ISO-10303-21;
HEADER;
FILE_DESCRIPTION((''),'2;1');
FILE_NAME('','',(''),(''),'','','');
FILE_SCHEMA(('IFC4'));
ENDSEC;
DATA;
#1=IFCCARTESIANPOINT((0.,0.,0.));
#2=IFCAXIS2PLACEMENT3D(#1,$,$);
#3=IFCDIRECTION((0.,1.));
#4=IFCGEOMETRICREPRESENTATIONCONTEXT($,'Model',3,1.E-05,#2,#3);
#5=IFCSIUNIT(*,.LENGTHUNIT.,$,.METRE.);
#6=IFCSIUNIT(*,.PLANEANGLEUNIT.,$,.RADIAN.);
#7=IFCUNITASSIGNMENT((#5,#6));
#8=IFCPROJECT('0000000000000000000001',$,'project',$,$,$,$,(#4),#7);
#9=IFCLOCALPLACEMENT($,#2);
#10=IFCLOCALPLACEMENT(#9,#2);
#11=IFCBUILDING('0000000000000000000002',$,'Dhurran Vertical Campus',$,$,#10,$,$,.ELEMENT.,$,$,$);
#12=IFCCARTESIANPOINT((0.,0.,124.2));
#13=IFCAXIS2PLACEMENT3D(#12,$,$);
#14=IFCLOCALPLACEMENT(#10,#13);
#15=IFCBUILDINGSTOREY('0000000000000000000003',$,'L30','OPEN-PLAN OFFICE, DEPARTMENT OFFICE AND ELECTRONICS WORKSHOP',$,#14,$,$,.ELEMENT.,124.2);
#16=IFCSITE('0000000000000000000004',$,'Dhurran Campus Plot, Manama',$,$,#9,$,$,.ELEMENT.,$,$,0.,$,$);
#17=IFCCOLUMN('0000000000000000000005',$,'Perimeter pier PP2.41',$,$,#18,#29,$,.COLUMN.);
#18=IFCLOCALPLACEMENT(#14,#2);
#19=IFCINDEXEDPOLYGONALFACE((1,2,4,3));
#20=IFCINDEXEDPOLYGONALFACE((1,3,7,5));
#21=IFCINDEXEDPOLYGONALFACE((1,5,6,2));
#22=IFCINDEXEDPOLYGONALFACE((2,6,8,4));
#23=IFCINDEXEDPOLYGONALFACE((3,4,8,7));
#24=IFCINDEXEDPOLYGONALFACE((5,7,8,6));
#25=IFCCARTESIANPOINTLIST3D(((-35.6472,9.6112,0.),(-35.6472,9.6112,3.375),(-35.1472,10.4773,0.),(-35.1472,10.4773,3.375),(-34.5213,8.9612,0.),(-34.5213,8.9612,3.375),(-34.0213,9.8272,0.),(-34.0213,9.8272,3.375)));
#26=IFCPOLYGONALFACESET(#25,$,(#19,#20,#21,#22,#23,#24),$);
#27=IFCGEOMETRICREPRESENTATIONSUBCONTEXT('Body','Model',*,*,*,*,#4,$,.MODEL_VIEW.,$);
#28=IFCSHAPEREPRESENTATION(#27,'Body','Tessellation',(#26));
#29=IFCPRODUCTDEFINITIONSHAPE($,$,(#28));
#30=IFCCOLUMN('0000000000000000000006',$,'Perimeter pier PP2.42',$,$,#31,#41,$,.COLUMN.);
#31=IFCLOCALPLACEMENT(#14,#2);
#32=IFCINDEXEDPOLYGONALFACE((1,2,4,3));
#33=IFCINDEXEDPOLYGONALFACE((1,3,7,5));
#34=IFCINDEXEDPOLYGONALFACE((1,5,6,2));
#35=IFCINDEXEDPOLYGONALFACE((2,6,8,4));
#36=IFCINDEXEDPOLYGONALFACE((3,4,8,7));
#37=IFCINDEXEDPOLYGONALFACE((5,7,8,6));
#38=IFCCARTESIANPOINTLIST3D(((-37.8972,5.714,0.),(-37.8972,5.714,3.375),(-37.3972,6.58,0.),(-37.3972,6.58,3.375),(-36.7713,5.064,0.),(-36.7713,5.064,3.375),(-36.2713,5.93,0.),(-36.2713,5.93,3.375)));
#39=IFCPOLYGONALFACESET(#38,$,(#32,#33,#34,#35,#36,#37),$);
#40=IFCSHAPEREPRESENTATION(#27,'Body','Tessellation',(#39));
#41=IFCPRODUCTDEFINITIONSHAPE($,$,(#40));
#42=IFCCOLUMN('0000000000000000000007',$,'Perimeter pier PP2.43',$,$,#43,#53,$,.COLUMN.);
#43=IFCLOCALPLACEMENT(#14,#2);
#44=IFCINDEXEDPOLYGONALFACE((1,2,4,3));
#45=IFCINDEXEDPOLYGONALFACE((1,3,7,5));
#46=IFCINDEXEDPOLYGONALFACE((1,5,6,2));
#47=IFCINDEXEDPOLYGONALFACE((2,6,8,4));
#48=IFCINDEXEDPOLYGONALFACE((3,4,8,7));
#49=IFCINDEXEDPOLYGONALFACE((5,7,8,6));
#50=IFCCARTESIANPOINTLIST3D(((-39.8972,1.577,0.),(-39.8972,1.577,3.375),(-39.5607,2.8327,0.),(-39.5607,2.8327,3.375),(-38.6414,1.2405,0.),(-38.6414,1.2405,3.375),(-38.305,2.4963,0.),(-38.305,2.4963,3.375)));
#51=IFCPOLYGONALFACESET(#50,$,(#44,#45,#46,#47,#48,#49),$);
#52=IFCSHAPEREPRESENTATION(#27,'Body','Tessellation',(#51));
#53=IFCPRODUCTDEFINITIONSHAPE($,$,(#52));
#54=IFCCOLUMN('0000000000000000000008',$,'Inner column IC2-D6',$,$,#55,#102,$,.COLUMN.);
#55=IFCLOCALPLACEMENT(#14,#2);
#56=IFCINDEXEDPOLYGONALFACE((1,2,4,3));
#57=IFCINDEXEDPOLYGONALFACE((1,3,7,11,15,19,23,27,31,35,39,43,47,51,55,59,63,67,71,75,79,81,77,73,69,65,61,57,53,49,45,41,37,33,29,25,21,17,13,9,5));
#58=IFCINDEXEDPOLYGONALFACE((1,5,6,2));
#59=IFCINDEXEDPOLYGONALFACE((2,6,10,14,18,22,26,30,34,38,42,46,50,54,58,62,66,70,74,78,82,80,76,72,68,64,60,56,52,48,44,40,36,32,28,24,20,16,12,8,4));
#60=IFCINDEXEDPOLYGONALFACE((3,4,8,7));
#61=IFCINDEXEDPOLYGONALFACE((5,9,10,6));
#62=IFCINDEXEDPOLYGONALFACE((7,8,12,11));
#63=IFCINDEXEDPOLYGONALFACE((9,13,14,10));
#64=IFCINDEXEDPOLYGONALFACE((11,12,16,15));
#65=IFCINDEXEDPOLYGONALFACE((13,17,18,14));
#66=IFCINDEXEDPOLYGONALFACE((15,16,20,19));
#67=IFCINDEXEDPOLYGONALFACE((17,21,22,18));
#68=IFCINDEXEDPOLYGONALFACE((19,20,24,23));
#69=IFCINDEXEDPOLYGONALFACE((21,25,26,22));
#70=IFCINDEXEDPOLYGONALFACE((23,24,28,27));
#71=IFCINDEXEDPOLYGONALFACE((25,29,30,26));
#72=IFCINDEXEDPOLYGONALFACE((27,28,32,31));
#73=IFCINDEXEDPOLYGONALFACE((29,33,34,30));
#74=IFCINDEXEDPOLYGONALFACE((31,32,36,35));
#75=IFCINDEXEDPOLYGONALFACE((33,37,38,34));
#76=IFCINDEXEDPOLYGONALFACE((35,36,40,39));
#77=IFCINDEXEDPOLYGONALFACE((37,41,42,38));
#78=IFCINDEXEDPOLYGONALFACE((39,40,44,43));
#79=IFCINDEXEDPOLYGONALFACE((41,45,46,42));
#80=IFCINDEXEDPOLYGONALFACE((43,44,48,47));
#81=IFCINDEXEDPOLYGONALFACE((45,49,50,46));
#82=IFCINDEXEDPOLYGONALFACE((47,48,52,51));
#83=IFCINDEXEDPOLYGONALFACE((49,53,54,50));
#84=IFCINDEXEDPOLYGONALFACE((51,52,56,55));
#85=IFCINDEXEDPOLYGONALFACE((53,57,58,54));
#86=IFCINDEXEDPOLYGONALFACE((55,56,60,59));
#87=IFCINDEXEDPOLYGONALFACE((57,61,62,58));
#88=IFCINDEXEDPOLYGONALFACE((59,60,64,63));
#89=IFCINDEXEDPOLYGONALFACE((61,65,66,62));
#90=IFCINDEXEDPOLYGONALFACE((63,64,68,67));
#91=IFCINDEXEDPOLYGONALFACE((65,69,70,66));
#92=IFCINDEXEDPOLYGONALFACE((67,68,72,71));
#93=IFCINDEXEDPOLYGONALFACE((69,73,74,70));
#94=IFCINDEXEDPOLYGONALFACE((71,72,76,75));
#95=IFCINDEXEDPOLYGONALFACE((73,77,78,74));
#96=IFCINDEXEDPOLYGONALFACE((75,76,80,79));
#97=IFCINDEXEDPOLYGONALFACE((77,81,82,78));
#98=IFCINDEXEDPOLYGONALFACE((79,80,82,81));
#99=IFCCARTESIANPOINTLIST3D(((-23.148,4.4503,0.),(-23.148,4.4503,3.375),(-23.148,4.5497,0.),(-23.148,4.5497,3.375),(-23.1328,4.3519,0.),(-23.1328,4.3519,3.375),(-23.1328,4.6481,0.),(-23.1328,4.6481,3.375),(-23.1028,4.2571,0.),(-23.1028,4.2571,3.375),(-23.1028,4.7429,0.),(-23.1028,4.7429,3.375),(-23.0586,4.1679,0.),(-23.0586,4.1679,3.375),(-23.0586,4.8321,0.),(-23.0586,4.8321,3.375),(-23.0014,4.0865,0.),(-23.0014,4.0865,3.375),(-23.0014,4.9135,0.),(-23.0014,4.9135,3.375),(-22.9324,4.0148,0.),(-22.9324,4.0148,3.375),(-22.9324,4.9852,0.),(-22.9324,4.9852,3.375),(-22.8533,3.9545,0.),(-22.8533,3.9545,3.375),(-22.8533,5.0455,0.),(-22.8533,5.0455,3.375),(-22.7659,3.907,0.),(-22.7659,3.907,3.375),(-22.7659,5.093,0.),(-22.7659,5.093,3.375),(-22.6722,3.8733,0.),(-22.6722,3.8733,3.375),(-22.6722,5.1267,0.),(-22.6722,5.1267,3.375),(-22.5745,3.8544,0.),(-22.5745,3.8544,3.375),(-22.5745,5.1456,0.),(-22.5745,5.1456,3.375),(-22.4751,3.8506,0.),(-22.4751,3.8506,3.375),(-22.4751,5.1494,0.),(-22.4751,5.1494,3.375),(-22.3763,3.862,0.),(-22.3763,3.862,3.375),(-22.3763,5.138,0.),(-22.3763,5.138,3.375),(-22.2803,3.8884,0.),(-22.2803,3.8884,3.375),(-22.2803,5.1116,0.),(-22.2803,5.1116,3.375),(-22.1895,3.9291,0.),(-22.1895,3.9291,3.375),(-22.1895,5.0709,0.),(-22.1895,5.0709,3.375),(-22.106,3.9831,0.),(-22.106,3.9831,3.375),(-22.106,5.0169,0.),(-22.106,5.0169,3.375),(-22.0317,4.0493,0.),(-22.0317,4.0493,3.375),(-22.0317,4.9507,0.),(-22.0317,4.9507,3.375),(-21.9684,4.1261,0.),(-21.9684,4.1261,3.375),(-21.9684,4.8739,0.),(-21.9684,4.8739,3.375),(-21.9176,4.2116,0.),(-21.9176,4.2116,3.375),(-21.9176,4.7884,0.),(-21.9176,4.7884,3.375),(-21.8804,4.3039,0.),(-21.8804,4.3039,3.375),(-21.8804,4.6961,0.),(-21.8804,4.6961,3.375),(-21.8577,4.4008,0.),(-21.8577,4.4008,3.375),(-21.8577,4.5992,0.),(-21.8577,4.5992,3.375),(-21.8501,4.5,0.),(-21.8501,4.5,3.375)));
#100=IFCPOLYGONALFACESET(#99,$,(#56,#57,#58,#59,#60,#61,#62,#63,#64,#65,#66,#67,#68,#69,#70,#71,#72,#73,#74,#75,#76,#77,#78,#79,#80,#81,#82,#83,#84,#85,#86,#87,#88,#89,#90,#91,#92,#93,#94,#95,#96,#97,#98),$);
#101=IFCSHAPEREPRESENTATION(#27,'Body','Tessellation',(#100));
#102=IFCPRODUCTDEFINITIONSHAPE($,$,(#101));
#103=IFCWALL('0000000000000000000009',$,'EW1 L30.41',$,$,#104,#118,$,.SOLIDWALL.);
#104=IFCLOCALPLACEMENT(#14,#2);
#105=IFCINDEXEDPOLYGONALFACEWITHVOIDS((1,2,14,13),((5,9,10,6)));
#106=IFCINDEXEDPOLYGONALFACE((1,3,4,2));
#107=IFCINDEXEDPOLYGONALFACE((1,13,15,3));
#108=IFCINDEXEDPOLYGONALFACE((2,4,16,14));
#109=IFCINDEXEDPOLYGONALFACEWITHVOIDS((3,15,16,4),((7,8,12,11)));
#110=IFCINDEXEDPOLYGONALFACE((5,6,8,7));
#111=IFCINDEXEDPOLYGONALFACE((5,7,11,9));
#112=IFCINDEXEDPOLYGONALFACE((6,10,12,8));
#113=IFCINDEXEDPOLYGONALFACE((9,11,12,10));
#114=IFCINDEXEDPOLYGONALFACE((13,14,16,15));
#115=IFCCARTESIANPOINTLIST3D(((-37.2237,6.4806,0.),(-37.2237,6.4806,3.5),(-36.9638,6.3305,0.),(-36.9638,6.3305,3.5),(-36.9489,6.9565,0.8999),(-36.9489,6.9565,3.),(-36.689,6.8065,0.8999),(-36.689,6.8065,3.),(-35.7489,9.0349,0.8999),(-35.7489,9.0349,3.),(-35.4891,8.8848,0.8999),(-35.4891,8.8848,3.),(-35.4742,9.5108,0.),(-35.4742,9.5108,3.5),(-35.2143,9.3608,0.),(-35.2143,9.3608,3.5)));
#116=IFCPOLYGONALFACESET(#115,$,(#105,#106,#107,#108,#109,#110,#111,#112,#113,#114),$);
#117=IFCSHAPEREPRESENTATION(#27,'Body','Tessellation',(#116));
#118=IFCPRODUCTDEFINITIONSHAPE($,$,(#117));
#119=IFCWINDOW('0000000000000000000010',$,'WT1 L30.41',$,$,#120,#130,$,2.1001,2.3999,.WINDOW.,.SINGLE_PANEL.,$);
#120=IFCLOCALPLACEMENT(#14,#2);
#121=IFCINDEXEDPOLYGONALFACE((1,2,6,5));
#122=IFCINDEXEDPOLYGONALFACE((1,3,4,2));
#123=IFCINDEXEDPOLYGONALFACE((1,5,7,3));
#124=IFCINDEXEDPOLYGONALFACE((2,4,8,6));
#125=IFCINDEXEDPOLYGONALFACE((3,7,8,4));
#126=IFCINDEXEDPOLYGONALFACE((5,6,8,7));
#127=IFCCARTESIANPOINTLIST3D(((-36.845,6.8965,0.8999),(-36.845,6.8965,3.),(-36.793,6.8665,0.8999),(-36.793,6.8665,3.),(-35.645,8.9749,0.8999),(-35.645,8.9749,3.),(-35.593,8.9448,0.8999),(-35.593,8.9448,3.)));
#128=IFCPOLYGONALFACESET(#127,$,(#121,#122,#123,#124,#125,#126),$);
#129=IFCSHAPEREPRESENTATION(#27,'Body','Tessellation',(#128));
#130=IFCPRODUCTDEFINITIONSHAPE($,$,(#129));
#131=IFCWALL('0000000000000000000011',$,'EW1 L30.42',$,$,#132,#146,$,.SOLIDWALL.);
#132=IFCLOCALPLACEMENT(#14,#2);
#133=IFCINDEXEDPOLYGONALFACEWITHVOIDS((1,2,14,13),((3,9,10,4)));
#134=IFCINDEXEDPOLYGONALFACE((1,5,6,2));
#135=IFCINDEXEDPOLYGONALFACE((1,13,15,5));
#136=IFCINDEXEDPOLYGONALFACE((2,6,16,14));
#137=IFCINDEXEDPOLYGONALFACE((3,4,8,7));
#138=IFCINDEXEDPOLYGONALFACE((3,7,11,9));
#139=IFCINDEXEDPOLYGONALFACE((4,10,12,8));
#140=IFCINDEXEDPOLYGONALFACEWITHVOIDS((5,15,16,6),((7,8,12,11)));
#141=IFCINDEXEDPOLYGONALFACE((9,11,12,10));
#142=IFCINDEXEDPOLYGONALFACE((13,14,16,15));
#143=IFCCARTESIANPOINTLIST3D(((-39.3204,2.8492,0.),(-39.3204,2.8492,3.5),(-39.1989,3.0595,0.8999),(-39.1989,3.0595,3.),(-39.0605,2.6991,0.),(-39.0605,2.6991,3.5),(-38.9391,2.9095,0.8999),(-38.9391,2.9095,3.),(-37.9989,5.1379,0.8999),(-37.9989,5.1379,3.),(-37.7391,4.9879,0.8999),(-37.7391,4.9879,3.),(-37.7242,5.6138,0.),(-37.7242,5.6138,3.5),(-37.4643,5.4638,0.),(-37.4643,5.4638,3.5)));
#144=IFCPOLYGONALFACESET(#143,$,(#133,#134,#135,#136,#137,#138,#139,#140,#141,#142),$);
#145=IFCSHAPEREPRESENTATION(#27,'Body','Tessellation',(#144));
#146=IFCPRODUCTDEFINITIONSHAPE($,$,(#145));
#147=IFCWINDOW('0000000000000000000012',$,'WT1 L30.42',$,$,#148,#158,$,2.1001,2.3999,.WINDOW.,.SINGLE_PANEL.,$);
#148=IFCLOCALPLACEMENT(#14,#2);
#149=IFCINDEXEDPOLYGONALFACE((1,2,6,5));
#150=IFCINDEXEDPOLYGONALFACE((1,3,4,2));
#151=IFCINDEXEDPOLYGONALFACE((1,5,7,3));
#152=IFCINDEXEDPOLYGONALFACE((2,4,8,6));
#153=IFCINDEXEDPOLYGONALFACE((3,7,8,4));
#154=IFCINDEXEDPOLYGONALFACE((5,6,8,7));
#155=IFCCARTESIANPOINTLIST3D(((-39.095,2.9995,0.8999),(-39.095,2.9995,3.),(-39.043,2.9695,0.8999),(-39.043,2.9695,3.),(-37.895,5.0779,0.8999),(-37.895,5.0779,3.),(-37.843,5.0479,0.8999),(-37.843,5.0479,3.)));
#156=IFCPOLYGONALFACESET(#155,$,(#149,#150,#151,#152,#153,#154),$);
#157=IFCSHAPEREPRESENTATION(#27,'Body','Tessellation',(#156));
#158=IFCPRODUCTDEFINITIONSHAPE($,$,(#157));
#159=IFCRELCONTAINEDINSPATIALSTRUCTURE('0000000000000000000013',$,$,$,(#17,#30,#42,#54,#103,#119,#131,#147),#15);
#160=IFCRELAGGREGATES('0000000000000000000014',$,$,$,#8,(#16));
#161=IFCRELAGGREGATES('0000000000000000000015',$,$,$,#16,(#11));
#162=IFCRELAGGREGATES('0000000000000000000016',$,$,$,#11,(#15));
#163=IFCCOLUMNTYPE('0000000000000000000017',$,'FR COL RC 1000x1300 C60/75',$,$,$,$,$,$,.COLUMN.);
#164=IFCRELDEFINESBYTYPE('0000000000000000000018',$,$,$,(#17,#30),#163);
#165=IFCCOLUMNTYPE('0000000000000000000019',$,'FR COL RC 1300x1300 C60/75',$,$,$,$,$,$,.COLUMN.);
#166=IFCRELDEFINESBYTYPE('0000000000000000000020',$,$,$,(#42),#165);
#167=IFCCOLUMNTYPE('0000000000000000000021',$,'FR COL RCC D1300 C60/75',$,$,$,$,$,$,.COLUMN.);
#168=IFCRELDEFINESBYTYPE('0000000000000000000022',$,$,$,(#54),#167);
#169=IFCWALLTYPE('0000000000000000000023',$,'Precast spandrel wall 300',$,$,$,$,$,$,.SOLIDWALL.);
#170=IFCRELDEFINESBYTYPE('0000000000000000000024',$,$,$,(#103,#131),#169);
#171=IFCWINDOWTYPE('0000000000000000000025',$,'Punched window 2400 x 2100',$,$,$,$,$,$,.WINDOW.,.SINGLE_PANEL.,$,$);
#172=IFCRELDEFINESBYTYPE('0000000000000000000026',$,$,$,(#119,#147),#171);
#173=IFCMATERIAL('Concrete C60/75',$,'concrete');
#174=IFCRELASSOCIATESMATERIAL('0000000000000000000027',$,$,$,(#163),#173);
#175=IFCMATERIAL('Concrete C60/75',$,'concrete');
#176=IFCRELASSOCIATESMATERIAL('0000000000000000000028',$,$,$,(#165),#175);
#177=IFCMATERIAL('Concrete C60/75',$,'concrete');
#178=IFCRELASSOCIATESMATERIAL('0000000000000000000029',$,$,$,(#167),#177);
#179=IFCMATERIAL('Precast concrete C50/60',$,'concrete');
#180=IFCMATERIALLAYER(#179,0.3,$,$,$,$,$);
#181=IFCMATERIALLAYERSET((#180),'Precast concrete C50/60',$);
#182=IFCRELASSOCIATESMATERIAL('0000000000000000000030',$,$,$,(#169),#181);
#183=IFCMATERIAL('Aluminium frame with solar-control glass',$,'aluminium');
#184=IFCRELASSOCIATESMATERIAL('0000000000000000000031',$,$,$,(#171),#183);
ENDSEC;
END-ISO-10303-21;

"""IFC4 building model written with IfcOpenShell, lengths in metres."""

from ifc_helpers import new_model, si_unit, direction, frame, frame_2d, origin, origin_2d, place, context, subcontext, project, spatial, rectangle, circle, extrude, material, layer, layer_set, material_profile, profile_set, type_object, element, fill, save


model = new_model("IFC4")

# Units and contexts
model_context = context("Model", 3, precision=1e-05, world=origin(), true_north=direction((0.0, 1.0)))
body_context = subcontext(model_context, "Body", "Model", "MODEL_VIEW")
ifc_project = project(units=[si_unit("LENGTHUNIT", "METRE"), si_unit("PLANEANGLEUNIT", "RADIAN")], contexts=[model_context])

# Site, building, storey
site_placement = place(None, origin())
site = spatial("IfcSite", under=ifc_project, at=site_placement, Name="Dhurran Campus Plot, Manama", CompositionType="ELEMENT", RefElevation=0.0)
building_placement = place(site_placement, origin())
building = spatial("IfcBuilding", under=site, at=building_placement, Name="Dhurran Vertical Campus", CompositionType="ELEMENT")
storey_placement = place(building_placement, frame((0.0, 0.0, 124.2)))
storey = spatial("IfcBuildingStorey", under=building, at=storey_placement, Name="L30", Description="OPEN-PLAN OFFICE, DEPARTMENT OFFICE AND ELECTRONICS WORKSHOP", CompositionType="ELEMENT", Elevation=124.2)

# Columns
ifc_material_1 = material(Name="Concrete C60/75", Category="concrete")
ifc_material_profile_1 = material_profile(ifc_material_1, rectangle(XDim=1.0, YDim=1.3, at=origin_2d()), Name="RC 1000x1300")
ifc_profile_set_1 = profile_set([ifc_material_profile_1], Name="Concrete C60/75")
column_type_1 = type_object("IfcColumnType", Name="FR COL RC 1000x1300 C60/75", PredefinedType="COLUMN", material=ifc_profile_set_1)
for number, where, z_axis, x_axis, name in (
    (1, (-34.8342, 9.7192, 0.0), (0.0, 0.0, 1.0), (-0.5, -0.866025, 0.0), "Perimeter pier PP2.41"),
    (2, (-37.0842, 5.822, 0.0), (0.0, 0.0, 1.0), (-0.5, -0.866025, 0.0), "Perimeter pier PP2.42"),
):
    element("IfcColumn", number, at=place(storey_placement, frame(where, z_axis=z_axis, x_axis=x_axis)), inside=storey, type_object=column_type_1, Name=name, PredefinedType="COLUMN", context=body_context, shape_type="SweptSolid", body=[
        extrude(rectangle(XDim=1.0, YDim=1.3, at=origin_2d()), origin(), (0.0, 0.0, 1.0), 3.375),
    ])
ifc_material_2 = material(Name="Concrete C60/75", Category="concrete")
ifc_material_profile_2 = material_profile(ifc_material_2, rectangle(XDim=1.3, YDim=1.3, at=origin_2d()), Name="RC 1300x1300")
ifc_profile_set_2 = profile_set([ifc_material_profile_2], Name="Concrete C60/75")
column_type_2 = type_object("IfcColumnType", Name="FR COL RC 1300x1300 C60/75", PredefinedType="COLUMN", material=ifc_profile_set_2)
column_1_placement = place(storey_placement, frame((-39.1011, 2.0366, 0.0), z_axis=(0.0, 0.0, 1.0), x_axis=(-0.258819, -0.965926, 0.0)))
element("IfcColumn", 3, at=column_1_placement, inside=storey, type_object=column_type_2, Name="Perimeter pier PP2.43", PredefinedType="COLUMN", context=body_context, shape_type="SweptSolid", body=[
    extrude(rectangle(XDim=1.3, YDim=1.3, at=origin_2d()), origin(), (0.0, 0.0, 1.0), 3.375),
])
ifc_material_3 = material(Name="Concrete C60/75", Category="concrete")
ifc_material_profile_3 = material_profile(ifc_material_3, circle(Radius=0.6499, at=origin_2d()), Name="RCC D1300")
ifc_profile_set_3 = profile_set([ifc_material_profile_3], Name="Concrete C60/75")
column_type_3 = type_object("IfcColumnType", Name="FR COL RCC D1300 C60/75", PredefinedType="COLUMN", material=ifc_profile_set_3)
column_2_placement = place(storey_placement, frame((-22.5, 4.5, 0.0), z_axis=(0.0, 0.0, 1.0), x_axis=(1.0, 0.0, 0.0)))
element("IfcColumn", 4, at=column_2_placement, inside=storey, type_object=column_type_3, Name="Inner column IC2-D6", PredefinedType="COLUMN", context=body_context, shape_type="SweptSolid", body=[
    extrude(circle(Radius=0.6499, at=origin_2d()), origin(), (0.0, 0.0, 1.0), 3.375),
])

# Walls, openings, windows
ifc_material_4 = material(Name="Precast concrete C50/60", Category="concrete")
ifc_layer_1 = layer(ifc_material_4, 0.3)
ifc_layer_set_1 = layer_set([ifc_layer_1], Name="Precast concrete C50/60")
wall_type_1 = type_object("IfcWallType", Name="Precast spandrel wall 300", PredefinedType="SOLIDWALL", material=ifc_layer_set_1)
wall_1_placement = place(storey_placement, frame((-35.3442, 9.4358, 0.0), z_axis=(0.0, 0.0, 1.0), x_axis=(-0.499996, -0.866028, 0.0)))
wall_1 = element("IfcWall", 5, at=wall_1_placement, inside=storey, type_object=wall_type_1, Name="EW1 L30.41", PredefinedType="SOLIDWALL", context=body_context, shape_type="SweptSolid", body=[
    extrude(rectangle(XDim=3.499, YDim=0.3, at=frame_2d((1.7495, 0.0))), origin(), (0.0, 0.0, 1.0), 3.5),
])
opening_1_placement = place(wall_1_placement, frame((0.5496, 0.0, 0.8999)))
opening_1 = element("IfcOpeningElement", 6, at=opening_1_placement, cuts=wall_1, PredefinedType="OPENING", context=body_context, shape_type="SweptSolid", body=[
    extrude(rectangle(XDim=2.3999, YDim=2.1001, at=frame_2d((1.2, 1.05))), frame((0.0, 0.1599, 0.0), z_axis=(0.0, -1.0, 0.0), x_axis=(1.0, 0.0, 0.0)), (0.0, 0.0, 1.0), 0.3201),
])
ifc_material_5 = material(Name="Aluminium frame with solar-control glass", Category="aluminium")
window_type = type_object("IfcWindowType", Name="Punched window 2400 x 2100", PartitioningType="SINGLE_PANEL", PredefinedType="WINDOW", material=ifc_material_5)
window_1_placement = place(opening_1_placement, origin())
window_1 = element("IfcWindow", 7, at=window_1_placement, inside=storey, type_object=window_type, Name="WT1 L30.41", OverallHeight=2.1001, OverallWidth=2.3999, PartitioningType="SINGLE_PANEL", PredefinedType="WINDOW", context=body_context, shape_type="SweptSolid", body=[
    extrude(rectangle(XDim=2.3999, YDim=2.1001, at=frame_2d((1.2, 1.05))), frame((0.0, 0.03, 0.0), z_axis=(0.0, -1.0, 0.0), x_axis=(1.0, 0.0, 0.0)), (0.0, 0.0, 1.0), 0.0601),
])
fill(opening_1, window_1)
wall_2_placement = place(storey_placement, frame((-37.5942, 5.5388, 0.0), z_axis=(0.0, 0.0, 1.0), x_axis=(-0.500005, -0.866023, 0.0)))
wall_2 = element("IfcWall", 8, at=wall_2_placement, inside=storey, type_object=wall_type_1, Name="EW1 L30.42", PredefinedType="SOLIDWALL", context=body_context, shape_type="SweptSolid", body=[
    extrude(rectangle(XDim=3.1924, YDim=0.3, at=frame_2d((1.5962, 0.0))), origin(), (0.0, 0.0, 1.0), 3.5),
])
opening_2_placement = place(wall_2_placement, frame((0.5496, 0.0, 0.8999)))
opening_2 = element("IfcOpeningElement", 9, at=opening_2_placement, cuts=wall_2, PredefinedType="OPENING", context=body_context, shape_type="SweptSolid", body=[
    extrude(rectangle(XDim=2.3999, YDim=2.1001, at=frame_2d((1.2, 1.05))), frame((0.0, 0.1599, 0.0), z_axis=(0.0, -1.0, 0.0), x_axis=(1.0, 0.0, 0.0)), (0.0, 0.0, 1.0), 0.3201),
])
window_2_placement = place(opening_2_placement, origin())
window_2 = element("IfcWindow", 10, at=window_2_placement, inside=storey, type_object=window_type, Name="WT1 L30.42", OverallHeight=2.1001, OverallWidth=2.3999, PartitioningType="SINGLE_PANEL", PredefinedType="WINDOW", context=body_context, shape_type="SweptSolid", body=[
    extrude(rectangle(XDim=2.3999, YDim=2.1001, at=frame_2d((1.2, 1.05))), frame((0.0, 0.03, 0.0), z_axis=(0.0, -1.0, 0.0), x_axis=(1.0, 0.0, 0.0)), (0.0, 0.0, 1.0), 0.0601),
])
fill(opening_2, window_2)

save(model, "model.ifc")
